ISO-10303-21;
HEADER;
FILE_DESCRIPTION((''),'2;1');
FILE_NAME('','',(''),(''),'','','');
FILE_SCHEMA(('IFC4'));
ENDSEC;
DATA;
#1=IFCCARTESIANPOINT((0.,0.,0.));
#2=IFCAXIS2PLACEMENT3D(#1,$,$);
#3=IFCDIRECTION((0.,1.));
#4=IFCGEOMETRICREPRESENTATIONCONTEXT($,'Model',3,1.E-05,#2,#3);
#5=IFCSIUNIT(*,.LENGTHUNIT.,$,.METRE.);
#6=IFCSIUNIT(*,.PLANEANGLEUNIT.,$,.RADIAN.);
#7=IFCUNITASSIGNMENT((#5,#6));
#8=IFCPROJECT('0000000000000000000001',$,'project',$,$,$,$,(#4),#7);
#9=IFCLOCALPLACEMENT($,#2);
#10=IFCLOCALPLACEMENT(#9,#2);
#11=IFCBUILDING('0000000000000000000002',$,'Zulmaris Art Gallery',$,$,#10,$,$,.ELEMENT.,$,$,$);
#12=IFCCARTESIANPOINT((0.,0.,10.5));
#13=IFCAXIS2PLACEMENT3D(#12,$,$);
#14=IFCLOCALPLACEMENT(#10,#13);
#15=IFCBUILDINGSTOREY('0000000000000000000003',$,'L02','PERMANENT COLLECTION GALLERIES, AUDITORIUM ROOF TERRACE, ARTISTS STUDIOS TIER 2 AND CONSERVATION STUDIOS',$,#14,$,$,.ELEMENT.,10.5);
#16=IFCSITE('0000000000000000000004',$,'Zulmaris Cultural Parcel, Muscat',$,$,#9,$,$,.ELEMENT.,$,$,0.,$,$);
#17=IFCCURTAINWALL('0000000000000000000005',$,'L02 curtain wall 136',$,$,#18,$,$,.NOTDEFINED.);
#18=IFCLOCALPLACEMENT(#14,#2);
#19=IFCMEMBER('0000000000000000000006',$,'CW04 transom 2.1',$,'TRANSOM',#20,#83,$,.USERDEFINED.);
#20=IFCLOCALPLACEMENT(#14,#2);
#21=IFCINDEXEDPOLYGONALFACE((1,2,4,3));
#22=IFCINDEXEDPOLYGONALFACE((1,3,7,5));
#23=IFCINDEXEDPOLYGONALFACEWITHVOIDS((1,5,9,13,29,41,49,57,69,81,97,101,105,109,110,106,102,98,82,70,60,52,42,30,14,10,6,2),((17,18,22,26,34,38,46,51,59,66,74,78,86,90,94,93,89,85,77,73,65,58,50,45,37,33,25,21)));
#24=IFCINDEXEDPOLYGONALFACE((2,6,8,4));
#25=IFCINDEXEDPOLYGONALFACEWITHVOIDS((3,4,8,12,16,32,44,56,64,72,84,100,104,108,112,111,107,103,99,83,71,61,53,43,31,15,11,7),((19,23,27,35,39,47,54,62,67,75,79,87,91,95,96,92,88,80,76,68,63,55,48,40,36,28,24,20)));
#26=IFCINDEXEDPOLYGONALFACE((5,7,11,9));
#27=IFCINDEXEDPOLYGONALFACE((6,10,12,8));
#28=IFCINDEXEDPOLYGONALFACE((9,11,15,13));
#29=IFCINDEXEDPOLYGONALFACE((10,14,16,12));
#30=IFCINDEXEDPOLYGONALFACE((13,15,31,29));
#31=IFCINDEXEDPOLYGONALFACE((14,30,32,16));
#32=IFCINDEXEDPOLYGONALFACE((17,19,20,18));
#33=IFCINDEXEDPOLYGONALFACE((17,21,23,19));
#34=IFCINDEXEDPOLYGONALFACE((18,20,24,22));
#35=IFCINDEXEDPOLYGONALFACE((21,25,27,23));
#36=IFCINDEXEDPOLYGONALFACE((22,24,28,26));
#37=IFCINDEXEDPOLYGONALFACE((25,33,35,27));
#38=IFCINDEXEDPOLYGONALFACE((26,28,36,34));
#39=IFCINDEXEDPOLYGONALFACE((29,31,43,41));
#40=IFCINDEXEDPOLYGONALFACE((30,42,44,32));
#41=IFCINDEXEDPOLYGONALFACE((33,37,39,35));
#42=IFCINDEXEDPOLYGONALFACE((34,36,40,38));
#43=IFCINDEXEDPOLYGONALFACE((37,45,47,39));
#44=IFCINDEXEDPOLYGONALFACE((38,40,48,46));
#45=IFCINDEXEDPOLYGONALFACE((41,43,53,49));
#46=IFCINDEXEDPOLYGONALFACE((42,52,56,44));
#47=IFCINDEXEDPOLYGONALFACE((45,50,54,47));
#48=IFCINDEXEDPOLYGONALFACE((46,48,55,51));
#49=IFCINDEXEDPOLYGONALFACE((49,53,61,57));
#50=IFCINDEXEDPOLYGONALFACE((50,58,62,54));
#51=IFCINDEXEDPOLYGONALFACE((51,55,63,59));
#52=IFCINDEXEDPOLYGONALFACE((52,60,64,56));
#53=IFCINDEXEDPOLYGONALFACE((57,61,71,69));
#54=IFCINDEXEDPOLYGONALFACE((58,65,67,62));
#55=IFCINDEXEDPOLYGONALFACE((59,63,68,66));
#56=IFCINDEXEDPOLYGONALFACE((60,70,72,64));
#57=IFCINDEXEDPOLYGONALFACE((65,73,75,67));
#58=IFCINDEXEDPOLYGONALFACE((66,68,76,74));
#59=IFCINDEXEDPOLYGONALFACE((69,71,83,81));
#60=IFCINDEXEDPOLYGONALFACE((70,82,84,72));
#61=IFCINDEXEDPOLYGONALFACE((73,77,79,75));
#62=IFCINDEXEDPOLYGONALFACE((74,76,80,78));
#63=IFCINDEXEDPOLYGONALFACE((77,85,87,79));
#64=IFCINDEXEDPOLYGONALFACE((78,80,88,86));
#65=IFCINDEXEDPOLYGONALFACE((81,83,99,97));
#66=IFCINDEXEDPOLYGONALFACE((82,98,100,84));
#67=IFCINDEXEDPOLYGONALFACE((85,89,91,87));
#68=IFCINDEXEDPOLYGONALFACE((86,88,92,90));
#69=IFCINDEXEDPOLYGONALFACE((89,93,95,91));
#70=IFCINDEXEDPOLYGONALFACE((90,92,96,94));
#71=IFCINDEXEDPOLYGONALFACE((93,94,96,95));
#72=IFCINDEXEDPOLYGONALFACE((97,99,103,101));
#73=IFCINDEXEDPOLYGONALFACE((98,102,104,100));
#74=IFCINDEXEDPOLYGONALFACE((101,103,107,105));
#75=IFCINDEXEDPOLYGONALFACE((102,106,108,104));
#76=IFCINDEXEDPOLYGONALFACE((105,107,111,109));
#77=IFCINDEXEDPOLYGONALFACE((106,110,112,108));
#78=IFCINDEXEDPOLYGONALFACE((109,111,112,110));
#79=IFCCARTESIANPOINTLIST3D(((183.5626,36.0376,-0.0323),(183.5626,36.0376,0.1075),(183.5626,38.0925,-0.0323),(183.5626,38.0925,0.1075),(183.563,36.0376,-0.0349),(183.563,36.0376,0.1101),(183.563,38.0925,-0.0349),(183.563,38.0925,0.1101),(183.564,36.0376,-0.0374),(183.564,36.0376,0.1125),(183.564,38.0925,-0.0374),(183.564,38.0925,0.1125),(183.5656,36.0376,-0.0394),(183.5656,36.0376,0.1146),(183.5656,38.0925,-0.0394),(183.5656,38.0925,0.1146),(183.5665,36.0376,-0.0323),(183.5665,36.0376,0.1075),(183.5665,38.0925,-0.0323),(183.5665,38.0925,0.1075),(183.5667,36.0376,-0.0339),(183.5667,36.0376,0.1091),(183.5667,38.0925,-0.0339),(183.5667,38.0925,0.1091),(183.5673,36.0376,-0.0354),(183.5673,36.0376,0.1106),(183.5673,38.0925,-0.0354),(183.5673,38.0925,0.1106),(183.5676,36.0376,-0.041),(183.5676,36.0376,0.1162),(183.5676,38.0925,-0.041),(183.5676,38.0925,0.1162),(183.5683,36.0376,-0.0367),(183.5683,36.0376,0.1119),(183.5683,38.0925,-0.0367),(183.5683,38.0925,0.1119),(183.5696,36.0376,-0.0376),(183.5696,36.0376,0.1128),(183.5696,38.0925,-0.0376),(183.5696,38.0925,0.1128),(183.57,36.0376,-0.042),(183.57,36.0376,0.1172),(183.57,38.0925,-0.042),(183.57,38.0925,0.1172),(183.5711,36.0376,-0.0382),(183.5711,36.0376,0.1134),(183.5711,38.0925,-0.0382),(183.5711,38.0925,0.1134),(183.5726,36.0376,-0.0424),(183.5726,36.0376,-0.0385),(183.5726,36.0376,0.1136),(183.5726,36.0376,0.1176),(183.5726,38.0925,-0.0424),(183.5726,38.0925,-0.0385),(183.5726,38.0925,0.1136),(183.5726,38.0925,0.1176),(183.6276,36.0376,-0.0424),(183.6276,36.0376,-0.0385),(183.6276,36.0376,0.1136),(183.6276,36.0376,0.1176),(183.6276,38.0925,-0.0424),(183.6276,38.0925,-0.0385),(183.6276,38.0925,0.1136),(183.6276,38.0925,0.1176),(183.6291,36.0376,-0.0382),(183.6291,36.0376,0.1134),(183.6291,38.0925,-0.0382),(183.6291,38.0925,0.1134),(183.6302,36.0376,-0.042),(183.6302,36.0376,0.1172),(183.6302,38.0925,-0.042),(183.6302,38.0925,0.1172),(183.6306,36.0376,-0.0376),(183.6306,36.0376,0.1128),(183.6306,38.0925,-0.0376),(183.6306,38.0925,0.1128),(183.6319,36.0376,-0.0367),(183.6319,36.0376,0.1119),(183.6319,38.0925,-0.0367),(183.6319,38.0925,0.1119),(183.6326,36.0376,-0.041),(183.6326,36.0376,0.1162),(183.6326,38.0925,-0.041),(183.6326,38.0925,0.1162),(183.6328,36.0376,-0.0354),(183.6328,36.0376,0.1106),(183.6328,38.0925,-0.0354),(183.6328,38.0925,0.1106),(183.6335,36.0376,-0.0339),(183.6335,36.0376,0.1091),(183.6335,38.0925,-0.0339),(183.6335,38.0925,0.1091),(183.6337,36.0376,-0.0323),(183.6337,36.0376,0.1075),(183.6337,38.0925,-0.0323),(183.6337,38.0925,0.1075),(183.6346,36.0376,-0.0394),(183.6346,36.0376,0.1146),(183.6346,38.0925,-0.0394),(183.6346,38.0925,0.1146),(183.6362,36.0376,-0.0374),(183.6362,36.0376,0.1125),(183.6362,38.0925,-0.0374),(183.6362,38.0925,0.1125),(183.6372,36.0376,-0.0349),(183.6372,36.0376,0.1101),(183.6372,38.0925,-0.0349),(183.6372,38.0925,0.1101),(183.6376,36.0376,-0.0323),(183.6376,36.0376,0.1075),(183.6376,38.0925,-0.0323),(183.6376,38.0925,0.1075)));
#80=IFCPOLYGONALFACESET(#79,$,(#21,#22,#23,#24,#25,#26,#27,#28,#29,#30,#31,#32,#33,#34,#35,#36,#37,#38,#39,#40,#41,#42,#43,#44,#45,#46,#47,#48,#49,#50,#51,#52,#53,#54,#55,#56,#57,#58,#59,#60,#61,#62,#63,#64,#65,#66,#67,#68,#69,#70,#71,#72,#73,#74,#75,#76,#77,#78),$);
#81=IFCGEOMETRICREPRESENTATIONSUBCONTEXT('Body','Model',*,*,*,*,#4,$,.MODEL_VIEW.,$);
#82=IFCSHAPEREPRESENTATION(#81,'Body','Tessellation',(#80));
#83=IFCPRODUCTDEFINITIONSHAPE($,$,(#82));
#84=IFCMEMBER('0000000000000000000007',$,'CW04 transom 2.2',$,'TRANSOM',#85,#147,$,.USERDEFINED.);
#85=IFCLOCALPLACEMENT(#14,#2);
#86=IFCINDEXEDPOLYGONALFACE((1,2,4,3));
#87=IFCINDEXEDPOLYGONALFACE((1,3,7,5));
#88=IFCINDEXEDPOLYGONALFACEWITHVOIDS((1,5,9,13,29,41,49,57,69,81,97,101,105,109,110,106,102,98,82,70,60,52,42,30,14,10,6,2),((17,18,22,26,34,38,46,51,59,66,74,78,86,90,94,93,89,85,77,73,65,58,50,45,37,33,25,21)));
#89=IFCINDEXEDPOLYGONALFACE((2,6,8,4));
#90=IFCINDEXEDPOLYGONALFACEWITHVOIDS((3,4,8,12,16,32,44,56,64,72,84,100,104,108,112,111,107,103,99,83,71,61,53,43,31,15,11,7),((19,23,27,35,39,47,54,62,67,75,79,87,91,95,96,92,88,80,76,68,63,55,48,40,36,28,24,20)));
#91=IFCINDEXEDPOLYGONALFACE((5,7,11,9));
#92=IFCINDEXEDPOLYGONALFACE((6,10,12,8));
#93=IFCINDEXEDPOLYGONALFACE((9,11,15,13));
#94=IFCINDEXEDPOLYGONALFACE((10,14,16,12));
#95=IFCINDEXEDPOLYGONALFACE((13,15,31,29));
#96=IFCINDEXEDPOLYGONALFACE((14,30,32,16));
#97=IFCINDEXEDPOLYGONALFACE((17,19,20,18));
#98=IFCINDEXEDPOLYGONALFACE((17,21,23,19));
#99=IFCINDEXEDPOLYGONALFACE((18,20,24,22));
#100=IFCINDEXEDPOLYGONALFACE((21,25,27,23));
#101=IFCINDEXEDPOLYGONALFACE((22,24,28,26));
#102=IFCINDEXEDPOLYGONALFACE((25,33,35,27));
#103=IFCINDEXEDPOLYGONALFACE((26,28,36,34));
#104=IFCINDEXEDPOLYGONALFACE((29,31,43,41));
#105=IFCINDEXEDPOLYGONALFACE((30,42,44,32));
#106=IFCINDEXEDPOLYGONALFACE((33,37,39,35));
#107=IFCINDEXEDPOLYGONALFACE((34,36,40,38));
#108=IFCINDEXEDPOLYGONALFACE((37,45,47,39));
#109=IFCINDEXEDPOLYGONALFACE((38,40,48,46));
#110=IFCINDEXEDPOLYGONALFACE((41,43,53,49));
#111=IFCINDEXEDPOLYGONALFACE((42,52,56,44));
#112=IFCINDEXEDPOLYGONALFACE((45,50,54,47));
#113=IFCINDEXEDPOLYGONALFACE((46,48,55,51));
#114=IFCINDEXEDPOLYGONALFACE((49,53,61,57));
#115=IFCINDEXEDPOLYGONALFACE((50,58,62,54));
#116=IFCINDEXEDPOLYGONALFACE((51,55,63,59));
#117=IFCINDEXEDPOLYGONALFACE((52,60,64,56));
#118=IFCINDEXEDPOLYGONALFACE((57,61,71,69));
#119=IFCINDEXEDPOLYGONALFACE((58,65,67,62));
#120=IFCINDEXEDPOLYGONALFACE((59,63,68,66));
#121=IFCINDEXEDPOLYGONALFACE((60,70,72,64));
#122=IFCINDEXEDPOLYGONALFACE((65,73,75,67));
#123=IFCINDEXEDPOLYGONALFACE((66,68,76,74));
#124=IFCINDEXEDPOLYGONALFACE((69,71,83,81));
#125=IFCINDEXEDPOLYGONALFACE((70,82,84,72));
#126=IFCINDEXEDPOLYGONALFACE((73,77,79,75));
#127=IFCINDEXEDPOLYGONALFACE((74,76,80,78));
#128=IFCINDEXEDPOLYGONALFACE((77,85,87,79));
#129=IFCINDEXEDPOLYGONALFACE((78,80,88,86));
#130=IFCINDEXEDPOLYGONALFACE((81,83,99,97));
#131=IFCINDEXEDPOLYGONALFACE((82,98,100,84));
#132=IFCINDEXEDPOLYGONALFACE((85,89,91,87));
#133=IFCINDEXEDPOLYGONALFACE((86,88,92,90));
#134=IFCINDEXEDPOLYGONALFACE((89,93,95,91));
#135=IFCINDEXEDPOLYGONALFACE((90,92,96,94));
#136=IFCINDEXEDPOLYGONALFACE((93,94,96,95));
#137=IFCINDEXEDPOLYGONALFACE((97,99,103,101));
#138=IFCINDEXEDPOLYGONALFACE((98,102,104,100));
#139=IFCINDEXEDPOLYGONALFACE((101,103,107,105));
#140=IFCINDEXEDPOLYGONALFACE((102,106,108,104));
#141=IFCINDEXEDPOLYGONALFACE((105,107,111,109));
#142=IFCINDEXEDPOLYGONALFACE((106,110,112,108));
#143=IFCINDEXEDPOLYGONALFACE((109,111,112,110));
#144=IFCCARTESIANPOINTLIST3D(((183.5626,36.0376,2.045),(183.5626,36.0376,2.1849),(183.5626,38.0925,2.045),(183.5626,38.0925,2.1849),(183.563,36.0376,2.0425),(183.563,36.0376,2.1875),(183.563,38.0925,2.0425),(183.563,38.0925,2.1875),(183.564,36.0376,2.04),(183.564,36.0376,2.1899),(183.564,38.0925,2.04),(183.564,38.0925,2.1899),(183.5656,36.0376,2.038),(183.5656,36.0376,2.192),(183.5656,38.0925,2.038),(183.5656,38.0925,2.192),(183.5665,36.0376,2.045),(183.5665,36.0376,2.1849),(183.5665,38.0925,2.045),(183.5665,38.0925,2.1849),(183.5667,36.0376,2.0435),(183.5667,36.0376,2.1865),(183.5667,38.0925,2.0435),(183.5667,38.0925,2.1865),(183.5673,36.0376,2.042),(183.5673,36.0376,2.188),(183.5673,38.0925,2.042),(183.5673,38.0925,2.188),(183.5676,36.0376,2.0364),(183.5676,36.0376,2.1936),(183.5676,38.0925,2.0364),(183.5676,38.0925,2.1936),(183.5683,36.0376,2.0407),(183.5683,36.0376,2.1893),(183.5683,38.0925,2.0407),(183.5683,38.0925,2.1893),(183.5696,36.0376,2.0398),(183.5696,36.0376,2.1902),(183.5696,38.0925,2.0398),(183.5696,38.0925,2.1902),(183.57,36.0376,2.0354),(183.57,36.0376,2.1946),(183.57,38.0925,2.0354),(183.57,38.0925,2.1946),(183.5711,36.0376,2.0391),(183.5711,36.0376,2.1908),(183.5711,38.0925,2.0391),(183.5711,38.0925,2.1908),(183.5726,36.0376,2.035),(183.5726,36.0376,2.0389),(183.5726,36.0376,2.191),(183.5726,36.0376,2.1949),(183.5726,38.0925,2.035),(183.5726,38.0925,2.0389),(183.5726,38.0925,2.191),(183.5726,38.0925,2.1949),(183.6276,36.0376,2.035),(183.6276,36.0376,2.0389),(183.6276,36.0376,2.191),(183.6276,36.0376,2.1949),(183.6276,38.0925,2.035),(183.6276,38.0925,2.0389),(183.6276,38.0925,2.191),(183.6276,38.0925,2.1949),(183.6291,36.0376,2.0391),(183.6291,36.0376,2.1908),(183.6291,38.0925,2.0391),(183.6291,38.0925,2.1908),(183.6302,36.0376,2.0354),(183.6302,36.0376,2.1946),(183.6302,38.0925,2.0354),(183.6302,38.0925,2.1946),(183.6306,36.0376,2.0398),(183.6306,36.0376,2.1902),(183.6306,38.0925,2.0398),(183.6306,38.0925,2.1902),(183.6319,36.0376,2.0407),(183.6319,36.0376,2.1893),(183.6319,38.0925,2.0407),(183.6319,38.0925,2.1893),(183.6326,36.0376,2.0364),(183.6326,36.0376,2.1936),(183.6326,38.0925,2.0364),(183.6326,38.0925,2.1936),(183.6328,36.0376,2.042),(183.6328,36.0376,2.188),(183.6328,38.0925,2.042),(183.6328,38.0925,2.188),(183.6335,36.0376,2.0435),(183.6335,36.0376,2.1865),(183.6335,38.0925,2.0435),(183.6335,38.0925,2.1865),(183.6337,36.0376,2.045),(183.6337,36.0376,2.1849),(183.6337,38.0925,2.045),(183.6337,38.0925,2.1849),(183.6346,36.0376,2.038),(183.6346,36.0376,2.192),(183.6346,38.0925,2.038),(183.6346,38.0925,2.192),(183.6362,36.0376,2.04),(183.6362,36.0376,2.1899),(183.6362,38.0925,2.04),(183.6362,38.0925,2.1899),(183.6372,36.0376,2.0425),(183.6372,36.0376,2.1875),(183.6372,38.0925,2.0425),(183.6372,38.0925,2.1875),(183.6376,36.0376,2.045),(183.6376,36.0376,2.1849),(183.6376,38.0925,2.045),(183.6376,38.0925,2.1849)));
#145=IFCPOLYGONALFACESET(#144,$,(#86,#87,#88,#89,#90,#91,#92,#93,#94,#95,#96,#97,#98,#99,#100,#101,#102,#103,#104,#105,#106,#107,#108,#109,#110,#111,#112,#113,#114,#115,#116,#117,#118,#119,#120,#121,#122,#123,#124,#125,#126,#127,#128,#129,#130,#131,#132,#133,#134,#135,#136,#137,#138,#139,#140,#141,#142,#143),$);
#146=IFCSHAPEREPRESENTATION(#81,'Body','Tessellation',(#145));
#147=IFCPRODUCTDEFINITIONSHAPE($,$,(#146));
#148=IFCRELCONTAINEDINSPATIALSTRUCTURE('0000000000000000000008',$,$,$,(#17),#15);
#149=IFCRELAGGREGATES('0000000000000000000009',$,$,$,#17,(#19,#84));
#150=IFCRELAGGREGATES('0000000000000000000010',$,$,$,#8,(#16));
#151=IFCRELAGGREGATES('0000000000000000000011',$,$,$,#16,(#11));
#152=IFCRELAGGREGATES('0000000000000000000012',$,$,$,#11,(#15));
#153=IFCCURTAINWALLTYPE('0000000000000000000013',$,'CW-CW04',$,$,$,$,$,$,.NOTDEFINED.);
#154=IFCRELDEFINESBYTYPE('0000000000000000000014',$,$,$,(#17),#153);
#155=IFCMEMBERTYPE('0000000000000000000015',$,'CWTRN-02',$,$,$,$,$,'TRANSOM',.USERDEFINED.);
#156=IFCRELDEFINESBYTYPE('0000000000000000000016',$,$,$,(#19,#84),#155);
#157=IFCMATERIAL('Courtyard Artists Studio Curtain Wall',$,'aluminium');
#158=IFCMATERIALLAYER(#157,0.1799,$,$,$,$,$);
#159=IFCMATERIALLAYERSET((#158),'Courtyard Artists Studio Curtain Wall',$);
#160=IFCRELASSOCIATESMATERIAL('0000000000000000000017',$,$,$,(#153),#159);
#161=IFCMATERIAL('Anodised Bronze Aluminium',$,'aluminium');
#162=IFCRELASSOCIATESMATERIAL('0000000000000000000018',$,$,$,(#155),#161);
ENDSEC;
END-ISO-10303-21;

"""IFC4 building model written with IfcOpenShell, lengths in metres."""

from ifc_helpers import new_model, si_unit, direction, frame, origin, origin_2d, place, context, subcontext, project, spatial, hollow_rectangle, extrude, material, layer, layer_set, material_profile, profile_set, type_object, element, aggregate, save


model = new_model("IFC4")

# Units and contexts
model_context = context("Model", 3, precision=1e-05, world=origin(), true_north=direction((0.0, 1.0)))
body_context = subcontext(model_context, "Body", "Model", "MODEL_VIEW")
ifc_project = project(units=[si_unit("LENGTHUNIT", "METRE"), si_unit("PLANEANGLEUNIT", "RADIAN")], contexts=[model_context])

# Site, building, storey
site_placement = place(None, origin())
site = spatial("IfcSite", under=ifc_project, at=site_placement, Name="Zulmaris Cultural Parcel, Muscat", CompositionType="ELEMENT", RefElevation=0.0)
building_placement = place(site_placement, origin())
building = spatial("IfcBuilding", under=site, at=building_placement, Name="Zulmaris Art Gallery", CompositionType="ELEMENT")
storey_placement = place(building_placement, frame((0.0, 0.0, 10.5)))
storey = spatial("IfcBuildingStorey", under=building, at=storey_placement, Name="L02", Description="PERMANENT COLLECTION GALLERIES, AUDITORIUM ROOF TERRACE, ARTISTS STUDIOS TIER 2 AND CONSERVATION STUDIOS", CompositionType="ELEMENT", Elevation=10.5)

# Curtain wall
ifc_material_1 = material(Name="Courtyard Artists Studio Curtain Wall", Category="aluminium")
ifc_layer_1 = layer(ifc_material_1, 0.1799)
ifc_layer_set_1 = layer_set([ifc_layer_1], Name="Courtyard Artists Studio Curtain Wall")
curtain_wall_type = type_object("IfcCurtainWallType", Name="CW-CW04", PredefinedType="NOTDEFINED", material=ifc_layer_set_1)
curtain_wall_1_placement = place(storey_placement, origin())
curtain_wall_1 = element("IfcCurtainWall", 1, at=curtain_wall_1_placement, inside=storey, type_object=curtain_wall_type, Name="L02 curtain wall 136", PredefinedType="NOTDEFINED")
ifc_material_2 = material(Name="Anodised Bronze Aluminium", Category="aluminium")

# Members
ifc_material_profile_1 = material_profile(ifc_material_2, hollow_rectangle(XDim=0.075, YDim=0.1599, WallThickness=0.0039, InnerFilletRadius=0.0061, OuterFilletRadius=0.01, at=origin_2d()), Name="ALU 75x160x4")
ifc_profile_set_1 = profile_set([ifc_material_profile_1], Name="Anodised Bronze Aluminium")
member_type_1 = type_object("IfcMemberType", Name="CWTRN-02", ElementType="TRANSOM", PredefinedType="USERDEFINED", material=ifc_profile_set_1)
member_1_placement = place(storey_placement, frame((183.6001, 38.0925, 0.0376), z_axis=(0.0, -1.0, 0.0), x_axis=(1.0, 0.0, 0.0)))
member_1 = element("IfcMember", 2, at=member_1_placement, type_object=member_type_1, Name="CW04 transom 2.1", ObjectType="TRANSOM", PredefinedType="USERDEFINED", context=body_context, shape_type="SweptSolid", body=[
    extrude(hollow_rectangle(XDim=0.075, YDim=0.1599, WallThickness=0.0039, InnerFilletRadius=0.0061, OuterFilletRadius=0.01, at=origin_2d()), origin(), (0.0, 0.0, 1.0), 2.0549),
])
member_2_placement = place(storey_placement, frame((183.6001, 38.0925, 2.115), z_axis=(0.0, -1.0, 0.0), x_axis=(1.0, 0.0, 0.0)))
member_2 = element("IfcMember", 3, at=member_2_placement, type_object=member_type_1, Name="CW04 transom 2.2", ObjectType="TRANSOM", PredefinedType="USERDEFINED", context=body_context, shape_type="SweptSolid", body=[
    extrude(hollow_rectangle(XDim=0.075, YDim=0.1599, WallThickness=0.0039, InnerFilletRadius=0.0061, OuterFilletRadius=0.01, at=origin_2d()), origin(), (0.0, 0.0, 1.0), 2.0549),
])

aggregate(curtain_wall_1, [member_1, member_2])

save(model, "model.ifc")
